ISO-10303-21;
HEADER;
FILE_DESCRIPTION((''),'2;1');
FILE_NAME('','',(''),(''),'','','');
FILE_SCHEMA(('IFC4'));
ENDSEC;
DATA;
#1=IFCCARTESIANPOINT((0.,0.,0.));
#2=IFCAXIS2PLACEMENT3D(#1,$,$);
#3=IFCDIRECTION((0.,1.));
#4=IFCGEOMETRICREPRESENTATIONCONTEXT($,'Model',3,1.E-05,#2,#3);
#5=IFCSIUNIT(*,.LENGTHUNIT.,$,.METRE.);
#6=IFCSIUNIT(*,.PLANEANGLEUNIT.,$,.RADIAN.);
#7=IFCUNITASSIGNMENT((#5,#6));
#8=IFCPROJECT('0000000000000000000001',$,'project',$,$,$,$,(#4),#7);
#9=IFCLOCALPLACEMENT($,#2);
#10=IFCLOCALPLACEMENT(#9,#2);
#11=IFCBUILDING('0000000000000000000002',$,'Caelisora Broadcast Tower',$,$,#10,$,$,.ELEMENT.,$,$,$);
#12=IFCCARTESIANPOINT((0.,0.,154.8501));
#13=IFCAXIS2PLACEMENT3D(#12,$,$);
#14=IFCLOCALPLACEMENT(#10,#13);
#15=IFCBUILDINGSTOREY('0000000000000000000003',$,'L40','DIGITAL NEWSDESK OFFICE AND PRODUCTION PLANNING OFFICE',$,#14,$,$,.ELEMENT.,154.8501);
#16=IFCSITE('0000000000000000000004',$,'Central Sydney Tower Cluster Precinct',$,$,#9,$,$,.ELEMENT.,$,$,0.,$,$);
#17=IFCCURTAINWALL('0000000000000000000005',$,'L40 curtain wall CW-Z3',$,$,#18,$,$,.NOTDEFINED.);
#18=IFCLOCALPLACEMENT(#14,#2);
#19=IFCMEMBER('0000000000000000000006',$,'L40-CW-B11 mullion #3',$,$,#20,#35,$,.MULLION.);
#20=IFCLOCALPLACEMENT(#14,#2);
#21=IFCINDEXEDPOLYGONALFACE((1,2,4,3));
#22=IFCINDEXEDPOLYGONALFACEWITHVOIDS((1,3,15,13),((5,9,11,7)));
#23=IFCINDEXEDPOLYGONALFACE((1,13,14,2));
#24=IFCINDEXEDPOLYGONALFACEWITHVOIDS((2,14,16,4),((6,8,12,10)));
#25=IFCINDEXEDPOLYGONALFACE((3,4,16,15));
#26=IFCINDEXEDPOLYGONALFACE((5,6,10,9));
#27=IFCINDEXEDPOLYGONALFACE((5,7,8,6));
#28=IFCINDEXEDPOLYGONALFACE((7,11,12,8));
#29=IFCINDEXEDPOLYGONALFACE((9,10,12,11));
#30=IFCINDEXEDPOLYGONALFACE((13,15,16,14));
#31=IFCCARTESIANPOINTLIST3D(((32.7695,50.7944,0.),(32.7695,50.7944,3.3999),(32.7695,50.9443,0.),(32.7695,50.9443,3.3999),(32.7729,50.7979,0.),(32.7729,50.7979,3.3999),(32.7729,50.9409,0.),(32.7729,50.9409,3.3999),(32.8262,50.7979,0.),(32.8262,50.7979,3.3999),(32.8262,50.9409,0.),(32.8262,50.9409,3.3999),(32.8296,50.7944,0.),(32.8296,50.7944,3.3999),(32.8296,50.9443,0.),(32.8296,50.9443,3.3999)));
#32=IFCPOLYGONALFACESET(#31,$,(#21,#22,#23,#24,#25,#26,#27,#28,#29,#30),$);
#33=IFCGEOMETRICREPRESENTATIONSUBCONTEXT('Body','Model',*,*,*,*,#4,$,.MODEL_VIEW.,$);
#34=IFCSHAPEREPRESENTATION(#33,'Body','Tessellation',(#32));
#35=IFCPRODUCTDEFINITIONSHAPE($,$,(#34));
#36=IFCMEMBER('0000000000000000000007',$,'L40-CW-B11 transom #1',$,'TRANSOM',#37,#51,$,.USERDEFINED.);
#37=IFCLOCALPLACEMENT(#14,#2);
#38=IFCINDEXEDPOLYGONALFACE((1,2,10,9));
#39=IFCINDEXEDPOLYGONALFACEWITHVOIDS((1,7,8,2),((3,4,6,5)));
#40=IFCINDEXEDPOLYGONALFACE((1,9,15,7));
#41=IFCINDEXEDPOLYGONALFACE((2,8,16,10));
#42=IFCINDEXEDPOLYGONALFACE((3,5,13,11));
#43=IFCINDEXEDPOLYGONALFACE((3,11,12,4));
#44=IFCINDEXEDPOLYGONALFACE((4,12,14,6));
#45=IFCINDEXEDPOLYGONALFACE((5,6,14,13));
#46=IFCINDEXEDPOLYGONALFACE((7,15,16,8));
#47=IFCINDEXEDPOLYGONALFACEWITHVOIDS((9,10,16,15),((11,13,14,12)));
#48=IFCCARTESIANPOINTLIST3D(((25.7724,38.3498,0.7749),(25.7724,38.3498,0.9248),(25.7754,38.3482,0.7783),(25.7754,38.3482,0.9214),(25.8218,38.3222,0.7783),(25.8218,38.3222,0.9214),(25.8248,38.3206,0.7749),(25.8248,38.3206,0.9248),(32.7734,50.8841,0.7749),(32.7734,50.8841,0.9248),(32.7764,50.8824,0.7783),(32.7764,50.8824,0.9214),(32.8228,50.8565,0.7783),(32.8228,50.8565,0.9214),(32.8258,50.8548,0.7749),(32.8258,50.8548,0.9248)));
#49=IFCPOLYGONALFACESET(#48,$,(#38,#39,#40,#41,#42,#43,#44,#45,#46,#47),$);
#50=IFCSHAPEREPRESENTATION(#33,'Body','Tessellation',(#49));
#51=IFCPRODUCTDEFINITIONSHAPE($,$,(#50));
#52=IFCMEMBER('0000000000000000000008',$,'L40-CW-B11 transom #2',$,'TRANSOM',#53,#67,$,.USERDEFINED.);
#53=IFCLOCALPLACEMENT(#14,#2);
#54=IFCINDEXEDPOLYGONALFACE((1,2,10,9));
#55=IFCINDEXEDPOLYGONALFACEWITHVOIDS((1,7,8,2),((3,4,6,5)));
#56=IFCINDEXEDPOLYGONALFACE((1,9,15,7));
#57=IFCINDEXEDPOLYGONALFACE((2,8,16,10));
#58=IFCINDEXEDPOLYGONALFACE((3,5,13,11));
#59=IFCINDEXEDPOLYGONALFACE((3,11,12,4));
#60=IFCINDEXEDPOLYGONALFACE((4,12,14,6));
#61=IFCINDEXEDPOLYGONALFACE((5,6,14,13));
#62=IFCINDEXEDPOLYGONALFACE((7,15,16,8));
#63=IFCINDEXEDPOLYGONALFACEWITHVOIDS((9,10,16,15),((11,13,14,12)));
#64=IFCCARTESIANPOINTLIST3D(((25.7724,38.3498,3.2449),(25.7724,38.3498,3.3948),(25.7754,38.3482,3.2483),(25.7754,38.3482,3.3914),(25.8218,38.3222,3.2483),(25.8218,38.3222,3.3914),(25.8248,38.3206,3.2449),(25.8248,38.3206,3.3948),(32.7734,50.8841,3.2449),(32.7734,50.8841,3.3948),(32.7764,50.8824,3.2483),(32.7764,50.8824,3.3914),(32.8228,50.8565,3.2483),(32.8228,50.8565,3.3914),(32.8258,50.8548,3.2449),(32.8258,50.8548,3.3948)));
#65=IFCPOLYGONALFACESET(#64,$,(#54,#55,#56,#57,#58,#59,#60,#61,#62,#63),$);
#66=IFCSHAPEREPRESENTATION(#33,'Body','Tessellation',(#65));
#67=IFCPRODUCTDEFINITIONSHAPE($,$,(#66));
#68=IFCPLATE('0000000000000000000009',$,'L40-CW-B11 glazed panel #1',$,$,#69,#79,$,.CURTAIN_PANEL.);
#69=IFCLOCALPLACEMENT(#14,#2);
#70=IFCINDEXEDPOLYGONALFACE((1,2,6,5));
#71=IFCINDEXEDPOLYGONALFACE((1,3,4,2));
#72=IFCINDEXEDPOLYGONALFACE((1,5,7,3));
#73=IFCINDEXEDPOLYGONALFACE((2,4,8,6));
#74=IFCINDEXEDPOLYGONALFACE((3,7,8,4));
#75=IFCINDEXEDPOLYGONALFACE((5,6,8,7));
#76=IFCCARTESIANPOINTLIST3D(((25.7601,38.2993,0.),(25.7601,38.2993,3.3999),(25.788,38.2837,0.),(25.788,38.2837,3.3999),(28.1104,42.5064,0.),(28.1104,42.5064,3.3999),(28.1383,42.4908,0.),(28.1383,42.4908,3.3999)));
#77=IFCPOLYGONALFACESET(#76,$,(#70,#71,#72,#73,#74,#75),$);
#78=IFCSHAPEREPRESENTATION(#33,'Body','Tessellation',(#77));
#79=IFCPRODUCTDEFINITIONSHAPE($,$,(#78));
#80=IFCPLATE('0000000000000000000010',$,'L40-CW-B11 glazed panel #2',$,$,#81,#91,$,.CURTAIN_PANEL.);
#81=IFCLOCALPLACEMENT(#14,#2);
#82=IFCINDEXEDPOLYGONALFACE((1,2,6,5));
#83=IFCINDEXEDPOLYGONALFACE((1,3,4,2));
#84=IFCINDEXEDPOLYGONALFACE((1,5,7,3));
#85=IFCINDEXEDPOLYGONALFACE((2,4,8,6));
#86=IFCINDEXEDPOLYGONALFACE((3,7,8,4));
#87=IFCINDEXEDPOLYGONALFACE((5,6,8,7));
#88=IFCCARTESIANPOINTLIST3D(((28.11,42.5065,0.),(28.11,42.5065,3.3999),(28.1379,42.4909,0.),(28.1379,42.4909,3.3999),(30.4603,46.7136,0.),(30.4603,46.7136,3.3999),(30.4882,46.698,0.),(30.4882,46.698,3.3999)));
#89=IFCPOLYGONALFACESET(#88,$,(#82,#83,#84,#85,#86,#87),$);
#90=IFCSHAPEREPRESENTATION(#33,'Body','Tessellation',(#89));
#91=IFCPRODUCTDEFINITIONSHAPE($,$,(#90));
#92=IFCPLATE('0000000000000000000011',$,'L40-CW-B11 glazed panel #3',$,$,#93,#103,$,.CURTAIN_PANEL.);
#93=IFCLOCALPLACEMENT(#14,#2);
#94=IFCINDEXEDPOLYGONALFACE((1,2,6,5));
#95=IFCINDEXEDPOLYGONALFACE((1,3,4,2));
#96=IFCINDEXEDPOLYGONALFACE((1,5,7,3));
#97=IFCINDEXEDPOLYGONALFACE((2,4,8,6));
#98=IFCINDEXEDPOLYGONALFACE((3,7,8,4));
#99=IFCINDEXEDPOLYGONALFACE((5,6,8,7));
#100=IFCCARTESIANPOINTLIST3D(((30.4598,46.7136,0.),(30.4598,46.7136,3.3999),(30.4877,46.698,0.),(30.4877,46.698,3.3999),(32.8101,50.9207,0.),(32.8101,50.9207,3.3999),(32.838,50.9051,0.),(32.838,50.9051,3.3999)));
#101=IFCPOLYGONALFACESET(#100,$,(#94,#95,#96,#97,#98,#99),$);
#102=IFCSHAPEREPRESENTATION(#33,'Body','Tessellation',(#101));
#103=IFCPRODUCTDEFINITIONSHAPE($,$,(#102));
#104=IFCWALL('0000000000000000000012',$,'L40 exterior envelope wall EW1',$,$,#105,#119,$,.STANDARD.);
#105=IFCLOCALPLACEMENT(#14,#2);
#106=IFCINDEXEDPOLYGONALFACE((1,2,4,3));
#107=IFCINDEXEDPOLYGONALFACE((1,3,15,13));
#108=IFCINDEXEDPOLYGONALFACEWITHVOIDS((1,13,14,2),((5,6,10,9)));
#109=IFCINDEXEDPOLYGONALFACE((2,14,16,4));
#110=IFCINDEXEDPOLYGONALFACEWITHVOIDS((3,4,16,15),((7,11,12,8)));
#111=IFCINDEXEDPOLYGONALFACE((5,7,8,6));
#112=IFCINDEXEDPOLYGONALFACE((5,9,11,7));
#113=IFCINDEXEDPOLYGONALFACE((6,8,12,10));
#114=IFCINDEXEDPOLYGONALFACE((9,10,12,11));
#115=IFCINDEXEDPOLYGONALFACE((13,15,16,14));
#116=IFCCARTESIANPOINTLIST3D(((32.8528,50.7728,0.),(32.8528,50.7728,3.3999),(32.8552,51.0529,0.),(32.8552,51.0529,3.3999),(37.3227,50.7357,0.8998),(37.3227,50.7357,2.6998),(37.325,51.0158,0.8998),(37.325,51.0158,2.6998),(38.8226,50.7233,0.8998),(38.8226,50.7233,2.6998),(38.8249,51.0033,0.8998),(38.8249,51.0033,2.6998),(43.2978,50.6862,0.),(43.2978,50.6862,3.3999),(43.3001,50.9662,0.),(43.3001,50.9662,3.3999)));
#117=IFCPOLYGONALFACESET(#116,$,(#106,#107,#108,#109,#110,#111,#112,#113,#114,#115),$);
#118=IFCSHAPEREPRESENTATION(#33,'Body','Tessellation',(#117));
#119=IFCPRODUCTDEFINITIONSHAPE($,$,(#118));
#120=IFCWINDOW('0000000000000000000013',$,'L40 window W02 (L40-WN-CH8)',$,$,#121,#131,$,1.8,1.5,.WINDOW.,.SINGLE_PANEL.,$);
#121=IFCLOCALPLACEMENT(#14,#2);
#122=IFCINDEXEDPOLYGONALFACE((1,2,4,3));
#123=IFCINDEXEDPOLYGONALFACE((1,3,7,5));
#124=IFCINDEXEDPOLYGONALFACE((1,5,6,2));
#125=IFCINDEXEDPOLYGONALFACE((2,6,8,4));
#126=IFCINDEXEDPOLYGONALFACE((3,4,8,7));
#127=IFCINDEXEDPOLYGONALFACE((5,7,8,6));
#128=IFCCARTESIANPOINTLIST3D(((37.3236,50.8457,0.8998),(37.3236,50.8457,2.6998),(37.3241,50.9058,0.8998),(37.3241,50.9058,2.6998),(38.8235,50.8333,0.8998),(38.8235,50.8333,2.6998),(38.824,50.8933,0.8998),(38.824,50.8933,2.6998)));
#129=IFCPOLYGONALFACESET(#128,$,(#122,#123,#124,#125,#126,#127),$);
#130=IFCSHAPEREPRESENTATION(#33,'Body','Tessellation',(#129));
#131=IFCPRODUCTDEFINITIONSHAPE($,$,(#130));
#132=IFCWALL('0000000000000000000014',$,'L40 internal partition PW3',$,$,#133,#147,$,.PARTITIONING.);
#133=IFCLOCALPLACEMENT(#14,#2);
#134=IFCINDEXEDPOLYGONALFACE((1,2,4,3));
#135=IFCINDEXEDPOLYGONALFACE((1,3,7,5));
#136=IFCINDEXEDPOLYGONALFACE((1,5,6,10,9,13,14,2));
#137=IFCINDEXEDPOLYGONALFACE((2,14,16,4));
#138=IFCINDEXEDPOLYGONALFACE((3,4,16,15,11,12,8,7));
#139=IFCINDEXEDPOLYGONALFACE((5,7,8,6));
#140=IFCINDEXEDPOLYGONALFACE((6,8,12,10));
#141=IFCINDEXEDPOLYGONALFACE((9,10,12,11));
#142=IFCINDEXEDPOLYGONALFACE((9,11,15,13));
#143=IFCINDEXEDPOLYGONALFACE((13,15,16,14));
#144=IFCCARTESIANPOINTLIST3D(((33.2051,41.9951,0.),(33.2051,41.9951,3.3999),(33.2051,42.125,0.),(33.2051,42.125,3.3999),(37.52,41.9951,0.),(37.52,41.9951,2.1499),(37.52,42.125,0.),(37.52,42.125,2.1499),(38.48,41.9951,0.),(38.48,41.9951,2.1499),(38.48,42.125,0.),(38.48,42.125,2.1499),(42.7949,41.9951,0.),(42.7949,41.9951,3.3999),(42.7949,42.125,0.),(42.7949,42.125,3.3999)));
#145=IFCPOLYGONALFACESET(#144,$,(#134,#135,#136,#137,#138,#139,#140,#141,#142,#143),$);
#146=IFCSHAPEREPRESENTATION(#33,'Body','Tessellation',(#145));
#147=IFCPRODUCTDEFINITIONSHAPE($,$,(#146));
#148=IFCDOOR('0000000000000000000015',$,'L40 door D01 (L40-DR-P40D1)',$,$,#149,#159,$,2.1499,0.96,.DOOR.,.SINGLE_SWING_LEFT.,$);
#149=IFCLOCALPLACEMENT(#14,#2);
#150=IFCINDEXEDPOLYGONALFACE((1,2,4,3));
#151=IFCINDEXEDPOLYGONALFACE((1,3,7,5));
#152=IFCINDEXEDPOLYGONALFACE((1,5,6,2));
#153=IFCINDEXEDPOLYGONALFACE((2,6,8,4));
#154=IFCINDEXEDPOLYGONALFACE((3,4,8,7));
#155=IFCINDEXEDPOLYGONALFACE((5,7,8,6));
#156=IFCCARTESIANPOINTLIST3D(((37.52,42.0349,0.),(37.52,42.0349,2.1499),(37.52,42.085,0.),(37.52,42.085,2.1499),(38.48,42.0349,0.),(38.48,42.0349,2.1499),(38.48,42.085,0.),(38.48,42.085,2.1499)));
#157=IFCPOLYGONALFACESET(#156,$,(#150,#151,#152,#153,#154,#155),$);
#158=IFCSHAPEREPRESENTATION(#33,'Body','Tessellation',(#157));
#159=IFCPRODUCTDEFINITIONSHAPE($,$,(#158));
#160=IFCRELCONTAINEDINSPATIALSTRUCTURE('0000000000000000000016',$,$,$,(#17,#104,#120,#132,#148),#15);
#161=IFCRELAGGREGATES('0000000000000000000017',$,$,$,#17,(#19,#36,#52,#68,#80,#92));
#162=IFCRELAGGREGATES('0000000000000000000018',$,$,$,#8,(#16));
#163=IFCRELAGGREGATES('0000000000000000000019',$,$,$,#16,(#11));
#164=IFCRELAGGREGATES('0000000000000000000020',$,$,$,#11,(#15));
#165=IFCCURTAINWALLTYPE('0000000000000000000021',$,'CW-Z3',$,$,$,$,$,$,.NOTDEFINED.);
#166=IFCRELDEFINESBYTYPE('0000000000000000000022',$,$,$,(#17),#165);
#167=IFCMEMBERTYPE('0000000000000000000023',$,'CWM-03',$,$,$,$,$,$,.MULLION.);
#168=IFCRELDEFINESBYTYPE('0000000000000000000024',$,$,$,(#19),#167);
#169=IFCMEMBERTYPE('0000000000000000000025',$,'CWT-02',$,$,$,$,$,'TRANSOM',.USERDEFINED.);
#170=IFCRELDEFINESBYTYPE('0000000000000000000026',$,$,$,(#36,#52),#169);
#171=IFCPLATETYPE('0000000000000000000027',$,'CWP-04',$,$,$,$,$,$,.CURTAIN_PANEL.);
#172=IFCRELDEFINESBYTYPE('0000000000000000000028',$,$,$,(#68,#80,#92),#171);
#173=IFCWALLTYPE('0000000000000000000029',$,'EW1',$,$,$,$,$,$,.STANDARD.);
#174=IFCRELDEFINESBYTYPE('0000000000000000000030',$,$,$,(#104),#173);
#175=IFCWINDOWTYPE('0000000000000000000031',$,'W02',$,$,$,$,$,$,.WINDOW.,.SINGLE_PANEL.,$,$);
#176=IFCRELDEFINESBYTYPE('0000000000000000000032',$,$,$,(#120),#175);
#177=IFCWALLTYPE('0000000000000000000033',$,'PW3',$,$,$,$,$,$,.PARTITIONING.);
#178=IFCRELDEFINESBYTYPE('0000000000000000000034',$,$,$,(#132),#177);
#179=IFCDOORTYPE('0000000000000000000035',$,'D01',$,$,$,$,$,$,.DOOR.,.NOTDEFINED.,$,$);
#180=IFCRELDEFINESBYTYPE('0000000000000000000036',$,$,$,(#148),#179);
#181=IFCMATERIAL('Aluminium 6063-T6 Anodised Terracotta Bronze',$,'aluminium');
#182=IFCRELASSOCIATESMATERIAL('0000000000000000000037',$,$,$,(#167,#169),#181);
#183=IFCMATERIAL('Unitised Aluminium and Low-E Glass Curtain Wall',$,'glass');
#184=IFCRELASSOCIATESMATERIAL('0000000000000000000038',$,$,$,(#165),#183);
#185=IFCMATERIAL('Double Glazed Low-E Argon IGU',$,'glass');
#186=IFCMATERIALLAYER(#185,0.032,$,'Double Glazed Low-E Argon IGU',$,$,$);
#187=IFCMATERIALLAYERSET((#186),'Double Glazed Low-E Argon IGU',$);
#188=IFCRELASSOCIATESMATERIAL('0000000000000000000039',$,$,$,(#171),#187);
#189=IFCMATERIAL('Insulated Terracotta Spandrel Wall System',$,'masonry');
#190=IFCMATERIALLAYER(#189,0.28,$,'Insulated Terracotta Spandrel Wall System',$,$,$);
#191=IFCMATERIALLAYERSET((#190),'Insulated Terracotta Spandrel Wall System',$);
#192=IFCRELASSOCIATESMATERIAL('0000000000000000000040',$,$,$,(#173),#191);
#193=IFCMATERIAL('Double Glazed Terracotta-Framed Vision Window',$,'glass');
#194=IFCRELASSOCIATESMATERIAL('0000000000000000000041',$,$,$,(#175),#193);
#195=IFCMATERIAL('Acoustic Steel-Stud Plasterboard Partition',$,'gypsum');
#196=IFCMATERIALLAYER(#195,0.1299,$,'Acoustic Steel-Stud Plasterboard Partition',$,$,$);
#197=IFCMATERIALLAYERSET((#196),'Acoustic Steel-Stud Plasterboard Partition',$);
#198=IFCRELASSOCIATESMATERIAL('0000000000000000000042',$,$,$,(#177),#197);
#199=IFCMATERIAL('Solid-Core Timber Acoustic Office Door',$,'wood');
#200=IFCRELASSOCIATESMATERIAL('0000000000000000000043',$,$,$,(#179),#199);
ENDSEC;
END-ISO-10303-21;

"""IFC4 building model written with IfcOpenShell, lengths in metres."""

from ifc_helpers import new_model, si_unit, direction, frame, frame_2d, origin, origin_2d, place, context, subcontext, project, spatial, rectangle, hollow_rectangle, extrude, source, transform, mapped, material, layer, layer_set, material_profile, profile_set, type_object, type_shapes, element, fill, aggregate, save


model = new_model("IFC4")

# Units and contexts
model_context = context("Model", 3, precision=1e-05, world=origin(), true_north=direction((0.0, 1.0)))
body_context = subcontext(model_context, "Body", "Model", "MODEL_VIEW")
ifc_project = project(units=[si_unit("LENGTHUNIT", "METRE"), si_unit("PLANEANGLEUNIT", "RADIAN")], contexts=[model_context])

# Site, building, storey
site_placement = place(None, origin())
site = spatial("IfcSite", under=ifc_project, at=site_placement, Name="Central Sydney Tower Cluster Precinct", CompositionType="ELEMENT", RefElevation=0.0)
building_placement = place(site_placement, origin())
building = spatial("IfcBuilding", under=site, at=building_placement, Name="Caelisora Broadcast Tower", CompositionType="ELEMENT")
storey_placement = place(building_placement, frame((0.0, 0.0, 154.8501)))
storey = spatial("IfcBuildingStorey", under=building, at=storey_placement, Name="L40", Description="DIGITAL NEWSDESK OFFICE AND PRODUCTION PLANNING OFFICE", CompositionType="ELEMENT", Elevation=154.8501)

# Shared definitions
ifc_material_1 = material(Name="Aluminium 6063-T6 Anodised Terracotta Bronze", Category="aluminium")
ifc_material_profile_1 = material_profile(ifc_material_1, hollow_rectangle(XDim=0.0601, YDim=0.1499, WallThickness=0.0034, at=origin_2d()), Name="Aluminium 6063-T6 Anodised Terracotta Bronze")
ifc_profile_set_1 = profile_set([ifc_material_profile_1], Name="Aluminium 6063-T6 Anodised Terracotta Bronze")
member_type_1 = type_object("IfcMemberType", Name="CWM-03", PredefinedType="MULLION", material=ifc_profile_set_1)
shared_shape_1 = source(origin(), body_context, "Body", "SweptSolid", [
    extrude(hollow_rectangle(XDim=0.0601, YDim=0.1499, WallThickness=0.0034, at=origin_2d()), origin(), (0.0, 0.0, 1.0), 3.3999),
])
type_shapes(member_type_1, [shared_shape_1])

# Curtain wall, members, plates
ifc_material_2 = material(Name="Unitised Aluminium and Low-E Glass Curtain Wall", Category="glass")
curtain_wall_type_1 = type_object("IfcCurtainWallType", Name="CW-Z3", PredefinedType="NOTDEFINED", material=ifc_material_2)
curtain_wall_1_placement = place(storey_placement, origin())
curtain_wall_1 = element("IfcCurtainWall", 1, at=curtain_wall_1_placement, inside=storey, type_object=curtain_wall_type_1, Name="L40 curtain wall CW-Z3", PredefinedType="NOTDEFINED")
member_1_placement = place(storey_placement, frame((32.7996, 50.8694, 0.0), z_axis=(0.0, 0.0, 1.0), x_axis=(1.0, 0.0, 0.0)))
member_1 = element("IfcMember", 2, at=member_1_placement, type_object=member_type_1, Name="L40-CW-B11 mullion #3", PredefinedType="MULLION", context=body_context, shape_type="MappedRepresentation", body=[
    mapped(shared_shape_1, transform((0.0, 0.0, 0.0), scale=1.0)),
])
ifc_material_profile_2 = material_profile(ifc_material_1, hollow_rectangle(XDim=0.0601, YDim=0.1499, WallThickness=0.0034, at=origin_2d()), Name="Aluminium 6063-T6 Anodised Terracotta Bronze")
ifc_profile_set_2 = profile_set([ifc_material_profile_2], Name="Aluminium 6063-T6 Anodised Terracotta Bronze")
member_type_2 = type_object("IfcMemberType", Name="CWT-02", ElementType="TRANSOM", PredefinedType="USERDEFINED", material=ifc_profile_set_2)
shared_shape_2 = source(origin(), body_context, "Body", "SweptSolid", [
    extrude(hollow_rectangle(XDim=0.0601, YDim=0.1499, WallThickness=0.0034, at=origin_2d()), origin(), (0.0, 0.0, 1.0), 14.3569),
])
type_shapes(member_type_2, [shared_shape_2])
member_2_placement = place(storey_placement, frame((25.7986, 38.3352, 0.8499), z_axis=(0.48764, 0.873045, 0.0), x_axis=(-0.873045, 0.48764, 0.0)))
member_2 = element("IfcMember", 3, at=member_2_placement, type_object=member_type_2, Name="L40-CW-B11 transom #1", ObjectType="TRANSOM", PredefinedType="USERDEFINED", context=body_context, shape_type="MappedRepresentation", body=[
    mapped(shared_shape_2, transform((0.0, 0.0, 0.0), scale=1.0)),
])
member_3_placement = place(storey_placement, frame((25.7986, 38.3352, 3.3198), z_axis=(0.48764, 0.873045, 0.0), x_axis=(-0.873045, 0.48764, 0.0)))
member_3 = element("IfcMember", 4, at=member_3_placement, type_object=member_type_2, Name="L40-CW-B11 transom #2", ObjectType="TRANSOM", PredefinedType="USERDEFINED", context=body_context, shape_type="MappedRepresentation", body=[
    mapped(shared_shape_2, transform((0.0, 0.0, 0.0), scale=1.0)),
])
ifc_material_3 = material(Name="Double Glazed Low-E Argon IGU", Category="glass")
ifc_layer_1 = layer(ifc_material_3, 0.032, Name="Double Glazed Low-E Argon IGU")
ifc_layer_set_1 = layer_set([ifc_layer_1], Name="Double Glazed Low-E Argon IGU")
plate_type = type_object("IfcPlateType", Name="CWP-04", PredefinedType="CURTAIN_PANEL", material=ifc_layer_set_1)
shared_shape_3 = source(origin(), body_context, "Body", "SweptSolid", [
    extrude(rectangle(XDim=4.8191, YDim=0.032, at=origin_2d()), origin(), (0.0, 0.0, 1.0), 3.3999),
])
type_shapes(plate_type, [shared_shape_3])
plate_1_placement = place(storey_placement, frame((26.9492, 40.395, 0.0), z_axis=(0.0, 0.0, 1.0), x_axis=(0.487707, 0.873007, 0.0)))
plate_1 = element("IfcPlate", 5, at=plate_1_placement, type_object=plate_type, Name="L40-CW-B11 glazed panel #1", PredefinedType="CURTAIN_PANEL", context=body_context, shape_type="MappedRepresentation", body=[
    mapped(shared_shape_3, transform((0.0, 0.0, 0.0), scale=1.0)),
])
plate_2_placement = place(storey_placement, frame((29.2991, 44.6023, 0.0), z_axis=(0.0, 0.0, 1.0), x_axis=(0.487707, 0.873007, 0.0)))
plate_2 = element("IfcPlate", 6, at=plate_2_placement, type_object=plate_type, Name="L40-CW-B11 glazed panel #2", PredefinedType="CURTAIN_PANEL", context=body_context, shape_type="MappedRepresentation", body=[
    mapped(shared_shape_3, transform((0.0, 0.0, 0.0), scale=1.0)),
])
plate_3_placement = place(storey_placement, frame((31.6489, 48.8093, 0.0), z_axis=(0.0, 0.0, 1.0), x_axis=(0.487707, 0.873007, 0.0)))
plate_3 = element("IfcPlate", 7, at=plate_3_placement, type_object=plate_type, Name="L40-CW-B11 glazed panel #3", PredefinedType="CURTAIN_PANEL", context=body_context, shape_type="MappedRepresentation", body=[
    mapped(shared_shape_3, transform((0.0, 0.0, 0.0), scale=1.0)),
])
aggregate(curtain_wall_1, [member_1, member_2, member_3, plate_1, plate_2, plate_3])

# Wall, opening, window
ifc_material_4 = material(Name="Insulated Terracotta Spandrel Wall System", Category="masonry")
ifc_layer_2 = layer(ifc_material_4, 0.28, Name="Insulated Terracotta Spandrel Wall System")
ifc_layer_set_2 = layer_set([ifc_layer_2], Name="Insulated Terracotta Spandrel Wall System")
wall_type_1 = type_object("IfcWallType", Name="EW1", PredefinedType="STANDARD", material=ifc_layer_set_2)
wall_1_placement = place(storey_placement, frame((32.854, 50.9128, 0.0), z_axis=(0.0, 0.0, 1.0), x_axis=(0.999966, -0.008297, 0.0)))
wall_1 = element("IfcWall", 8, at=wall_1_placement, inside=storey, type_object=wall_type_1, Name="L40 exterior envelope wall EW1", PredefinedType="STANDARD", context=body_context, shape_type="SweptSolid", body=[
    extrude(rectangle(XDim=10.4453, YDim=0.28, at=frame_2d((5.2227, 0.0))), origin(), (0.0, 0.0, 1.0), 3.3999),
])
opening_1_placement = place(wall_1_placement, frame((4.47, 0.0, 0.8999)))
opening_1 = element("IfcOpeningElement", 9, at=opening_1_placement, cuts=wall_1, PredefinedType="OPENING", context=body_context, shape_type="SweptSolid", body=[
    extrude(rectangle(XDim=1.5, YDim=1.8, at=frame_2d((0.75, 0.8999))), frame((0.0, 0.1521, 0.0), z_axis=(0.0, -1.0, 0.0), x_axis=(1.0, 0.0, 0.0)), (0.0, 0.0, 1.0), 0.304),
])
ifc_material_5 = material(Name="Double Glazed Terracotta-Framed Vision Window", Category="glass")
window_type = type_object("IfcWindowType", Name="W02", PartitioningType="SINGLE_PANEL", PredefinedType="WINDOW", material=ifc_material_5)
window_placement = place(opening_1_placement, origin())
window = element("IfcWindow", 10, at=window_placement, inside=storey, type_object=window_type, Name="L40 window W02 (L40-WN-CH8)", OverallHeight=1.8, OverallWidth=1.5, PartitioningType="SINGLE_PANEL", PredefinedType="WINDOW", context=body_context, shape_type="SweptSolid", body=[
    extrude(rectangle(XDim=1.5, YDim=1.8, at=frame_2d((0.75, 0.8999))), frame((0.0, 0.03, 0.0), z_axis=(0.0, -1.0, 0.0), x_axis=(1.0, 0.0, 0.0)), (0.0, 0.0, 1.0), 0.0601),
])
fill(opening_1, window)

# Wall, opening, door
ifc_material_6 = material(Name="Acoustic Steel-Stud Plasterboard Partition", Category="gypsum")
ifc_layer_3 = layer(ifc_material_6, 0.1299, Name="Acoustic Steel-Stud Plasterboard Partition")
ifc_layer_set_3 = layer_set([ifc_layer_3], Name="Acoustic Steel-Stud Plasterboard Partition")
wall_type_2 = type_object("IfcWallType", Name="PW3", PredefinedType="PARTITIONING", material=ifc_layer_set_3)
wall_2_placement = place(storey_placement, frame((33.2051, 42.0601, 0.0), z_axis=(0.0, 0.0, 1.0), x_axis=(1.0, 0.0, 0.0)))
wall_2 = element("IfcWall", 11, at=wall_2_placement, inside=storey, type_object=wall_type_2, Name="L40 internal partition PW3", PredefinedType="PARTITIONING", context=body_context, shape_type="SweptSolid", body=[
    extrude(rectangle(XDim=9.5898, YDim=0.1299, at=frame_2d((4.7949, 0.0))), origin(), (0.0, 0.0, 1.0), 3.3999),
])
opening_2_placement = place(wall_2_placement, frame((4.3149, 0.0, 0.0)))
opening_2 = element("IfcOpeningElement", 12, at=opening_2_placement, cuts=wall_2, PredefinedType="OPENING", context=body_context, shape_type="SweptSolid", body=[
    extrude(rectangle(XDim=0.96, YDim=2.1499, at=frame_2d((0.48, 1.075))), frame((0.0, 0.0769, 0.0), z_axis=(0.0, -1.0, 0.0), x_axis=(1.0, 0.0, 0.0)), (0.0, 0.0, 1.0), 0.1538),
])
ifc_material_7 = material(Name="Solid-Core Timber Acoustic Office Door", Category="wood")
door_type = type_object("IfcDoorType", Name="D01", OperationType="NOTDEFINED", PredefinedType="DOOR", material=ifc_material_7)
door_1_placement = place(opening_2_placement, origin())
door_1 = element("IfcDoor", 13, at=door_1_placement, inside=storey, type_object=door_type, Name="L40 door D01 (L40-DR-P40D1)", OperationType="SINGLE_SWING_LEFT", OverallHeight=2.1499, OverallWidth=0.96, PredefinedType="DOOR", context=body_context, shape_type="SweptSolid", body=[
    extrude(rectangle(XDim=0.96, YDim=2.1499, at=frame_2d((0.48, 1.075))), frame((0.0, 0.0249, 0.0), z_axis=(0.0, -1.0, 0.0), x_axis=(1.0, 0.0, 0.0)), (0.0, 0.0, 1.0), 0.05),
])
fill(opening_2, door_1)

save(model, "model.ifc")
